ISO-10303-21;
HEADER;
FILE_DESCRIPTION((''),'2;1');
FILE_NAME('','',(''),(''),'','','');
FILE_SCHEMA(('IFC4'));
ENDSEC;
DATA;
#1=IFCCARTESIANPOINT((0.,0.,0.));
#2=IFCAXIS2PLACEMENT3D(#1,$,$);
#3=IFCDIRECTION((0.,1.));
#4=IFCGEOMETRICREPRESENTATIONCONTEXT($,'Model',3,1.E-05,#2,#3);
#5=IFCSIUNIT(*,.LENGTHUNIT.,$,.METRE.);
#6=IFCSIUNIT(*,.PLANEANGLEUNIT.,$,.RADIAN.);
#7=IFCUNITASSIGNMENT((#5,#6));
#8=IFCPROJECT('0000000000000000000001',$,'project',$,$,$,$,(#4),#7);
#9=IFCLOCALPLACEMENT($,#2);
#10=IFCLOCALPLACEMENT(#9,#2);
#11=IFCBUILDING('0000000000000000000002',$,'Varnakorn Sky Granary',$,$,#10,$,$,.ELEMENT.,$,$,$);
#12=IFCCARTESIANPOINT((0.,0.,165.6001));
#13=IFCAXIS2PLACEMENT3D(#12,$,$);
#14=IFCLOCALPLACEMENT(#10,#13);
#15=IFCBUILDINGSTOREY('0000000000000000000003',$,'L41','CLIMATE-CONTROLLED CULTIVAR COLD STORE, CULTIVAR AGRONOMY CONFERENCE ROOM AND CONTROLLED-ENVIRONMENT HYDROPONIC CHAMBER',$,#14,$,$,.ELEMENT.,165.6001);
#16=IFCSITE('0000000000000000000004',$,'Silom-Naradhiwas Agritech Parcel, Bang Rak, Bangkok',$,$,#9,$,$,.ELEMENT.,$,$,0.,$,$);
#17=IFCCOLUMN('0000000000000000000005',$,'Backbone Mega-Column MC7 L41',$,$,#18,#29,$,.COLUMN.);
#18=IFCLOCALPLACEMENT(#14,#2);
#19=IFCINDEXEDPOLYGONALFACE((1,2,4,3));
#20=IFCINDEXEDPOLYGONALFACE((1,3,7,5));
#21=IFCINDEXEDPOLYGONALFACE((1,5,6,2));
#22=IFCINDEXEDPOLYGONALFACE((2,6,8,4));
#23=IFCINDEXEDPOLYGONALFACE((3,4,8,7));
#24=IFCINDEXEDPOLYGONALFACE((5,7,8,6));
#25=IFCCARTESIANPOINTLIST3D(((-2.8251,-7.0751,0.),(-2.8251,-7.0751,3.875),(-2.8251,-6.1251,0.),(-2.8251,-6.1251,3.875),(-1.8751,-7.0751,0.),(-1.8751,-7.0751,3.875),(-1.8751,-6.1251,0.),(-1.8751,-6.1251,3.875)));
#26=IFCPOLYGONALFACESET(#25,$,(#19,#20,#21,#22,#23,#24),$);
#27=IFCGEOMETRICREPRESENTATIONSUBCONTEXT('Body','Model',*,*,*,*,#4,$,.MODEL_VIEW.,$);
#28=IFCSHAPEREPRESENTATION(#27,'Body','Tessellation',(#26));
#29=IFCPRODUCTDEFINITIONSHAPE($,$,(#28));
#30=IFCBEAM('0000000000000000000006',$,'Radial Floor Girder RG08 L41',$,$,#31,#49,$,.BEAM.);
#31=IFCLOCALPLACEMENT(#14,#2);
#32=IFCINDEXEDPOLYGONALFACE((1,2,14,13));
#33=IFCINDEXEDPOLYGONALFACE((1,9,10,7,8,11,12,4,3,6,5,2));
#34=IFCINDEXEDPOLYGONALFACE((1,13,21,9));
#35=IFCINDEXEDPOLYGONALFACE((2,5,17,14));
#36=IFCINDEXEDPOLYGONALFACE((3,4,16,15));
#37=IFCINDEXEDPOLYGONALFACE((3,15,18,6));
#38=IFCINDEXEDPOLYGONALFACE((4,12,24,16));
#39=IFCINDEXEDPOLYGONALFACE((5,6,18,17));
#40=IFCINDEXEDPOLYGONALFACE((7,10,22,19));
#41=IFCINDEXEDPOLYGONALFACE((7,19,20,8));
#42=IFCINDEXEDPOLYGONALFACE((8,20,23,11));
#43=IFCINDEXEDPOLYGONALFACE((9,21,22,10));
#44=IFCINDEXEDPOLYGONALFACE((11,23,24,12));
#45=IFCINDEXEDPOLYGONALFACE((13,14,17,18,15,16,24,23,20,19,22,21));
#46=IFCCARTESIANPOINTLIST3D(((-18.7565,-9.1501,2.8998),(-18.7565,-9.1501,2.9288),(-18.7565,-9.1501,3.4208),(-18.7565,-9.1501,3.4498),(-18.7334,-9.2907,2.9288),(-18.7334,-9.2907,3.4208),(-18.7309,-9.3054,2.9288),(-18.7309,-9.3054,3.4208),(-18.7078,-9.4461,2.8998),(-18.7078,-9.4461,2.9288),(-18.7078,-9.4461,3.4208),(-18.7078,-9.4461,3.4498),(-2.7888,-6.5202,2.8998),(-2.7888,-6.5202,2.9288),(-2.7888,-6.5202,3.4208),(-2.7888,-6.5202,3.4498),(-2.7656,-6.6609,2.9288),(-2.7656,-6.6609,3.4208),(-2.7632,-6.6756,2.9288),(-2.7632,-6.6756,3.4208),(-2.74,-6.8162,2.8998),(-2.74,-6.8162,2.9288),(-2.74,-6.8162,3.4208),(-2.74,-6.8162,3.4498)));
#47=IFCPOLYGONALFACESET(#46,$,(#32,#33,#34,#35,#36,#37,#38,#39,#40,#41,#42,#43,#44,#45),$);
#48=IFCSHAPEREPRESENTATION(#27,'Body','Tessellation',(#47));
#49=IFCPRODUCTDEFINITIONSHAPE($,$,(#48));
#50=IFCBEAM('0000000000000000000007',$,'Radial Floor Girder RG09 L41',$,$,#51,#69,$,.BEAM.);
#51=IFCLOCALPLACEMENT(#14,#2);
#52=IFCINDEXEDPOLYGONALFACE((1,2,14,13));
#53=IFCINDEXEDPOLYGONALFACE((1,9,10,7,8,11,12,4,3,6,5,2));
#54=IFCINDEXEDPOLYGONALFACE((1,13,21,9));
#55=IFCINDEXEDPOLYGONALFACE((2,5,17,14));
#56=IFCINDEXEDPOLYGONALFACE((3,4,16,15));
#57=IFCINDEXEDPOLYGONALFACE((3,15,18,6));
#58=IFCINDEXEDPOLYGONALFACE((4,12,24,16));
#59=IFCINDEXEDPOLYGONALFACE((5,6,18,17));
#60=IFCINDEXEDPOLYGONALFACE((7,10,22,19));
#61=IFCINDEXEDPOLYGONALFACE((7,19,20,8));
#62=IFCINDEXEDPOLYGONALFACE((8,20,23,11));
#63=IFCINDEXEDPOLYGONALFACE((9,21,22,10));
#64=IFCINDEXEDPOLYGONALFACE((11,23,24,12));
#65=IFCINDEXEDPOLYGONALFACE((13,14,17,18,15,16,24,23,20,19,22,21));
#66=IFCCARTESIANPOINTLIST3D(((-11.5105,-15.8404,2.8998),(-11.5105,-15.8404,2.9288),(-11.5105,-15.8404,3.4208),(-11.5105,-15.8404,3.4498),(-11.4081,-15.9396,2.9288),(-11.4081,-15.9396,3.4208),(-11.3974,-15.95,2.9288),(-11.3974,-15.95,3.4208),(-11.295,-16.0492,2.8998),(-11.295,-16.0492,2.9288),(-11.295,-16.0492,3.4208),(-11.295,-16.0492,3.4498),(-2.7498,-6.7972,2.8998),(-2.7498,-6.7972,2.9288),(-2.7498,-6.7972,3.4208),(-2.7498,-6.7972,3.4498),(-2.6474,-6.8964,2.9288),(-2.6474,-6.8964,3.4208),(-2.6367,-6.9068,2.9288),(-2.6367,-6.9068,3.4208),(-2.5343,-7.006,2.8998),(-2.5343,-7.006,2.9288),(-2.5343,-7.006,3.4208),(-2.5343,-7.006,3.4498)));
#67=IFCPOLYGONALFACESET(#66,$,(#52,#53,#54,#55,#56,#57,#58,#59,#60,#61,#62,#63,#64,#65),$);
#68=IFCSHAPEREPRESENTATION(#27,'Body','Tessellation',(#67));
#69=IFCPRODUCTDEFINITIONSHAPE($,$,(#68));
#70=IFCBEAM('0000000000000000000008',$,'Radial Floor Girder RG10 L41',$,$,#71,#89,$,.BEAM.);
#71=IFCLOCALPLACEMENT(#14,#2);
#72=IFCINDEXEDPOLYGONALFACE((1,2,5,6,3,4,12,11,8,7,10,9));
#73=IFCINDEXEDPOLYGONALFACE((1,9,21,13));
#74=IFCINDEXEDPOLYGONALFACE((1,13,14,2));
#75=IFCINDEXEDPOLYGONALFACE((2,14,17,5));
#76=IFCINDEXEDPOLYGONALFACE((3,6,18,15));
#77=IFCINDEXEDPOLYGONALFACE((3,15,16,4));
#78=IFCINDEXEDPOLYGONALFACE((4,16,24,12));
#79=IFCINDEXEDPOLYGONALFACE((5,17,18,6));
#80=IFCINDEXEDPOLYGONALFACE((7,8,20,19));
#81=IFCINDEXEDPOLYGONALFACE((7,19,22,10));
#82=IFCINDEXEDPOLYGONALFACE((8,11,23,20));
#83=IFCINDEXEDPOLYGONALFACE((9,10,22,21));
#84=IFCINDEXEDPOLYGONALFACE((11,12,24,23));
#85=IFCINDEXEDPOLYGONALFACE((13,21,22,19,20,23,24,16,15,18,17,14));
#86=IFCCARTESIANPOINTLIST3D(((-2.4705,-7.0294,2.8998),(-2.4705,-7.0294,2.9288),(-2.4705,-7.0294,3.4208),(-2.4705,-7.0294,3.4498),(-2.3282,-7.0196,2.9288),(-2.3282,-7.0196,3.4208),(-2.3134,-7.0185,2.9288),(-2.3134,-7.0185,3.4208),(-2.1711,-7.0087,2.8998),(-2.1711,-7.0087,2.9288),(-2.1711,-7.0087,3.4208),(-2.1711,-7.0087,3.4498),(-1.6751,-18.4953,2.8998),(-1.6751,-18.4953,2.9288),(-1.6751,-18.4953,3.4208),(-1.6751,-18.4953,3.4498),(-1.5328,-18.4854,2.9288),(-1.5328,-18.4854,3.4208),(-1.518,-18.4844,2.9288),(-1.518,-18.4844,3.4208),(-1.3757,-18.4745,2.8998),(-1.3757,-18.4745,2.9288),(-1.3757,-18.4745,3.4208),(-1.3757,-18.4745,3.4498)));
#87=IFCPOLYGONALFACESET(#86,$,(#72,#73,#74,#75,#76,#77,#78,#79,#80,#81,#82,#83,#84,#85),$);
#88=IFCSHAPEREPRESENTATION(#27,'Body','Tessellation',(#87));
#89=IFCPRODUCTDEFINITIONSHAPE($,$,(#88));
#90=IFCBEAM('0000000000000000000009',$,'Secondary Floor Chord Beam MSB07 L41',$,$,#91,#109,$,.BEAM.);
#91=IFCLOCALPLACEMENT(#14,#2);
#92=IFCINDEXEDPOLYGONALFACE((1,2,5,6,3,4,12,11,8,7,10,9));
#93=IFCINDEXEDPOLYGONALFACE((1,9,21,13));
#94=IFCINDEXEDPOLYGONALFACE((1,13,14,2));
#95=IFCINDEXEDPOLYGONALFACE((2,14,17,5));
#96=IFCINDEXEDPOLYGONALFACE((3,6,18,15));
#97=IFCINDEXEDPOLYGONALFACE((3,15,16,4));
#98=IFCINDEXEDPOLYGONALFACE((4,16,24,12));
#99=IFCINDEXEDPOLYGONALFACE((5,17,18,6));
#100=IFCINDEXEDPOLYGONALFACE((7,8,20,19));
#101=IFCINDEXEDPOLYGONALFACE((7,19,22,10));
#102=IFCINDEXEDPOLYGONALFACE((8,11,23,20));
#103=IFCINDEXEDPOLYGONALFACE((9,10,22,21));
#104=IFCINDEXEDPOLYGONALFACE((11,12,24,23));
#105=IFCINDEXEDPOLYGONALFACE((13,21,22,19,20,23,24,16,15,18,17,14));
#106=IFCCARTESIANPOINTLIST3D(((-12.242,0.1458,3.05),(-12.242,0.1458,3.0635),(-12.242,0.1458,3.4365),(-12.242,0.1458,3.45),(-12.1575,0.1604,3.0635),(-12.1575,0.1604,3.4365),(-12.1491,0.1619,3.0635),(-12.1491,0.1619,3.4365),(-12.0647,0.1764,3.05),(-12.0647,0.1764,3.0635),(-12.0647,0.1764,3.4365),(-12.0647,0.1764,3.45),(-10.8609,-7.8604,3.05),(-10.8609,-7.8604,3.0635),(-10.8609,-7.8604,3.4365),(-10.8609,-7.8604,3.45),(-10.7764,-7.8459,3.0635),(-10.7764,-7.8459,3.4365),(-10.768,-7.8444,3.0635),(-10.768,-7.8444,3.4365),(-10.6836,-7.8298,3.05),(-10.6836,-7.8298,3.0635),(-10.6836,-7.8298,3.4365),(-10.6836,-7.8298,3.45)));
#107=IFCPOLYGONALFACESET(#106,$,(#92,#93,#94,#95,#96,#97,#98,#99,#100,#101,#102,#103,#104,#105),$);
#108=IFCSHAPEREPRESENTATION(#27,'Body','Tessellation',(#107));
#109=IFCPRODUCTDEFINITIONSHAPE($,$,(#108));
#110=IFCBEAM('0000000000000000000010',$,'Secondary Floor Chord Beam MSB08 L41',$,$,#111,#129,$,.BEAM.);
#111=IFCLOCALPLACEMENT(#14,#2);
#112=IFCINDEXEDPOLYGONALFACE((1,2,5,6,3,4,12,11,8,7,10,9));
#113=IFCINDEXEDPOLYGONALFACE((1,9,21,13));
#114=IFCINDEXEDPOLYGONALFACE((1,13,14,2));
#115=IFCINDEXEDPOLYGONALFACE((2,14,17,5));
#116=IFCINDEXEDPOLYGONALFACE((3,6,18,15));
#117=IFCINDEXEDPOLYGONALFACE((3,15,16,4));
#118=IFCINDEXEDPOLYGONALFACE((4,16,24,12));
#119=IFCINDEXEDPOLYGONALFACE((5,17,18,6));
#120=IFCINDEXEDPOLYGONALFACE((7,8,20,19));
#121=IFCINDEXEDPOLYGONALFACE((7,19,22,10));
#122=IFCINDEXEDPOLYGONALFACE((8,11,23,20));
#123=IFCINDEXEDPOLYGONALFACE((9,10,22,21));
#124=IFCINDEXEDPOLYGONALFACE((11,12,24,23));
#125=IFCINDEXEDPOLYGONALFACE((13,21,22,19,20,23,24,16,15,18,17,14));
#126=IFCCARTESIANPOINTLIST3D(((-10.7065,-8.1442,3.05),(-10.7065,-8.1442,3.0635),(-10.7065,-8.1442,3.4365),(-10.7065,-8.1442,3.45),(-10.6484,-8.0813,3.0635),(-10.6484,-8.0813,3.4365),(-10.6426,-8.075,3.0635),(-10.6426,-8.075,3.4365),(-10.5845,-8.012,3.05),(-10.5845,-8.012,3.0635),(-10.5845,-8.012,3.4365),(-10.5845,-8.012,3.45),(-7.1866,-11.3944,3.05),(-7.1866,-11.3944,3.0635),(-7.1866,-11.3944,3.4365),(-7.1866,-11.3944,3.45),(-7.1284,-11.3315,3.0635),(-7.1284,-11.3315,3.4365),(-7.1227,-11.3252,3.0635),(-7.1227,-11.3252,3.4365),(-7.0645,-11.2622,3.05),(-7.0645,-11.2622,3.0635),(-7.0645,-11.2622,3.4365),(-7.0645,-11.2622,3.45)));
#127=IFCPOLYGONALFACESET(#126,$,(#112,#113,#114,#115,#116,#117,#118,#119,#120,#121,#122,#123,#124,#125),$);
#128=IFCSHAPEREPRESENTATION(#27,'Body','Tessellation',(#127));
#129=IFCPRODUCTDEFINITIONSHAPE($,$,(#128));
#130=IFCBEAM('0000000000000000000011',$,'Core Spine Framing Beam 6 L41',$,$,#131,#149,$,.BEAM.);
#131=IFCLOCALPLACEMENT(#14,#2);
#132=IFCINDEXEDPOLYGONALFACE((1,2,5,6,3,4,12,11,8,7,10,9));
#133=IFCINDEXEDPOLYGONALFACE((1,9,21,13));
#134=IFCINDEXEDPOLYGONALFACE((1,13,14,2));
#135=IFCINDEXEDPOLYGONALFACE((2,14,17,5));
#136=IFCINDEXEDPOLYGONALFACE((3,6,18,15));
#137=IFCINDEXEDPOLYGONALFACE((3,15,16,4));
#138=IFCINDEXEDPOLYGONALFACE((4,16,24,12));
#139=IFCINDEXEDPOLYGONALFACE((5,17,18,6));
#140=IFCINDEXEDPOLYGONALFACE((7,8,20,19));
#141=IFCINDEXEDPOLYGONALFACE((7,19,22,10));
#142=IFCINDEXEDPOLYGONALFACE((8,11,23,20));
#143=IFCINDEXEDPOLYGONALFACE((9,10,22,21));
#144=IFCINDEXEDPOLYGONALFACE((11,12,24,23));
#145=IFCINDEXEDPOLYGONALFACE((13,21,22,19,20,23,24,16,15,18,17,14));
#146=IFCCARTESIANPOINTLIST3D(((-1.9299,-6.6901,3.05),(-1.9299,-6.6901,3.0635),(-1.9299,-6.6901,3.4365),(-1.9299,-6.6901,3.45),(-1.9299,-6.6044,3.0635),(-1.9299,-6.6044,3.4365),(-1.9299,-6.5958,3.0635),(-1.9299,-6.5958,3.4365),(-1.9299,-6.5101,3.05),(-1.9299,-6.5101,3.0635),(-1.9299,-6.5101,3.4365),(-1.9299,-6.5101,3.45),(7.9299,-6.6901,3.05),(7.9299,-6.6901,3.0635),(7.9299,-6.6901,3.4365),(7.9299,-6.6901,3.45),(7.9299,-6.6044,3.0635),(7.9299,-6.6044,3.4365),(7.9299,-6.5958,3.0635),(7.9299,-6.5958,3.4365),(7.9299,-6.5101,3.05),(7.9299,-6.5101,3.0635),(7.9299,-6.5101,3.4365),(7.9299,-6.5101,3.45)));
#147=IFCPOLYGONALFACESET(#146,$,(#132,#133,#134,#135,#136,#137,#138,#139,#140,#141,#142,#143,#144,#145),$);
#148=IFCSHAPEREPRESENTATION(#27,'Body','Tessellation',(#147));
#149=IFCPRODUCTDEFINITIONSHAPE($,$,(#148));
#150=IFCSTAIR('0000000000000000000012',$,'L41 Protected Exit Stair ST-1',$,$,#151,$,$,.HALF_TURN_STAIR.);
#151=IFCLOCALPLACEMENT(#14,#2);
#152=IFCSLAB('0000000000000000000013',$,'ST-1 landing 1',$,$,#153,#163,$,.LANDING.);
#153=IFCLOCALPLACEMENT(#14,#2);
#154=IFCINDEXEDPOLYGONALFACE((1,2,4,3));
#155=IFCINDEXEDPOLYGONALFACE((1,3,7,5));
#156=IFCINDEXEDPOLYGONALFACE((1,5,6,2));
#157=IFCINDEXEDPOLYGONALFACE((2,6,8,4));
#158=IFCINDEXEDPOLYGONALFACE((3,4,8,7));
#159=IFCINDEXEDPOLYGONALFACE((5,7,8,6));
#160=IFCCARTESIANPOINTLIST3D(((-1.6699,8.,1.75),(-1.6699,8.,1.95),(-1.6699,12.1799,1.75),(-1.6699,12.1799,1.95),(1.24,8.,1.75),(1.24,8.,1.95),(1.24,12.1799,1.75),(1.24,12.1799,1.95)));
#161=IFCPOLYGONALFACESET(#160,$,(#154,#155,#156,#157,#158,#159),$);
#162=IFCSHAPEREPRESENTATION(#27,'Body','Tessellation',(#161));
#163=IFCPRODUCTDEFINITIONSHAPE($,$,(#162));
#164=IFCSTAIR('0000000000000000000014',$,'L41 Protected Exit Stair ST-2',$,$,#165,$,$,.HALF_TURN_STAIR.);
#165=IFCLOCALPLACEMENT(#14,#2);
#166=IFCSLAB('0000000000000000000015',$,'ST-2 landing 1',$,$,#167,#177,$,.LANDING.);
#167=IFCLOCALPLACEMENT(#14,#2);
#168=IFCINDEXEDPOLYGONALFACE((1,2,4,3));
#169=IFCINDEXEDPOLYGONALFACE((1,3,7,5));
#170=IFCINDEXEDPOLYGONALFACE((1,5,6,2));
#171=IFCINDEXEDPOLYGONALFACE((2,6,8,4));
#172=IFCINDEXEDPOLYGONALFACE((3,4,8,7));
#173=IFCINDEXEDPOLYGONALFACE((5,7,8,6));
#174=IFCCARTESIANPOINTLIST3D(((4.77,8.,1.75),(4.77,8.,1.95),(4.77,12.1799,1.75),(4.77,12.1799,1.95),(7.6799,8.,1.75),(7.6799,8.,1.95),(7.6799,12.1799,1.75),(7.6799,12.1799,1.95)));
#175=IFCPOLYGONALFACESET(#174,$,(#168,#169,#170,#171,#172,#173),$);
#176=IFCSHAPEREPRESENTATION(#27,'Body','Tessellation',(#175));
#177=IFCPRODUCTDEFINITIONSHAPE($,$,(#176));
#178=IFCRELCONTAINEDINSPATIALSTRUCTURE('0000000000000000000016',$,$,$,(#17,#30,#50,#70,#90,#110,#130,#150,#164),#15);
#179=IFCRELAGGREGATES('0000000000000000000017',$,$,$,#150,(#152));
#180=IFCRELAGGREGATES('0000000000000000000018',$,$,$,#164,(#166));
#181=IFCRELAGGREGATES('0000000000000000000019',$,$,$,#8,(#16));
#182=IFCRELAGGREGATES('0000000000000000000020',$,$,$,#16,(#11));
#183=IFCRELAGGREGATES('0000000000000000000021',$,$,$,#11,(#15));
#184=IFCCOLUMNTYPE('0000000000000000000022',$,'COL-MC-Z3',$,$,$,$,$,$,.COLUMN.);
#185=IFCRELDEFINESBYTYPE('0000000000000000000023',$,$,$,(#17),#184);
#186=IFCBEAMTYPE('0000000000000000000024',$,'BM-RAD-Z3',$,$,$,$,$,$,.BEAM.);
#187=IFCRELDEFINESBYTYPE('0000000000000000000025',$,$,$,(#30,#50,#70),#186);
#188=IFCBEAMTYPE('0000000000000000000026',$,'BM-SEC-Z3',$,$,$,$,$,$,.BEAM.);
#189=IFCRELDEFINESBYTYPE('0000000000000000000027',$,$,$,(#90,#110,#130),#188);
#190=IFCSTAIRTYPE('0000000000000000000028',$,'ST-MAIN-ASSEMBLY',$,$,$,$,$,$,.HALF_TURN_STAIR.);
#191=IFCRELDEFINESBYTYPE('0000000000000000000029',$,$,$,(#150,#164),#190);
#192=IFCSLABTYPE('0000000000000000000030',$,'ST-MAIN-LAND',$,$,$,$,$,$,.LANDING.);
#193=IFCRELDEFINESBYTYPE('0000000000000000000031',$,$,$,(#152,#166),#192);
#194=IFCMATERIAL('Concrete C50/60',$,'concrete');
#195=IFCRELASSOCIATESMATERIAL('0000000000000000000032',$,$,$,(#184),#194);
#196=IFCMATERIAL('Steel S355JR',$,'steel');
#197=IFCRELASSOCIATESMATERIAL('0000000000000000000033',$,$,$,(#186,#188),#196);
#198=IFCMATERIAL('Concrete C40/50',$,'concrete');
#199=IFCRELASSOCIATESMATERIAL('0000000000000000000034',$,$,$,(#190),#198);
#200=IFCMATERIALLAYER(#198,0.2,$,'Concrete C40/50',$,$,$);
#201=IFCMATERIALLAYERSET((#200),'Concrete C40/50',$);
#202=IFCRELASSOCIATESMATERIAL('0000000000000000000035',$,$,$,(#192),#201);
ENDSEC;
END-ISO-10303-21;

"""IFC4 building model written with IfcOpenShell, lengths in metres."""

from ifc_helpers import new_model, si_unit, direction, frame, origin, origin_2d, place, context, subcontext, project, spatial, polyline, rectangle, i_section, outline, extrude, material, layer, layer_set, material_profile, profile_set, type_object, element, aggregate, save


model = new_model("IFC4")

# Units and contexts
model_context = context("Model", 3, precision=1e-05, world=origin(), true_north=direction((0.0, 1.0)))
body_context = subcontext(model_context, "Body", "Model", "MODEL_VIEW")
ifc_project = project(units=[si_unit("LENGTHUNIT", "METRE"), si_unit("PLANEANGLEUNIT", "RADIAN")], contexts=[model_context])

# Site, building, storey
site_placement = place(None, origin())
site = spatial("IfcSite", under=ifc_project, at=site_placement, Name="Silom-Naradhiwas Agritech Parcel, Bang Rak, Bangkok", CompositionType="ELEMENT", RefElevation=0.0)
building_placement = place(site_placement, origin())
building = spatial("IfcBuilding", under=site, at=building_placement, Name="Varnakorn Sky Granary", CompositionType="ELEMENT")
storey_placement = place(building_placement, frame((0.0, 0.0, 165.6001)))
storey = spatial("IfcBuildingStorey", under=building, at=storey_placement, Name="L41", Description="CLIMATE-CONTROLLED CULTIVAR COLD STORE, CULTIVAR AGRONOMY CONFERENCE ROOM AND CONTROLLED-ENVIRONMENT HYDROPONIC CHAMBER", CompositionType="ELEMENT", Elevation=165.6001)

# Column
ifc_material_1 = material(Name="Concrete C50/60", Category="concrete")
ifc_material_profile_1 = material_profile(ifc_material_1, rectangle(XDim=0.95, YDim=0.95, at=origin_2d()), Name="RC 950x950")
ifc_profile_set_1 = profile_set([ifc_material_profile_1], Name="Concrete C50/60")
column_type = type_object("IfcColumnType", Name="COL-MC-Z3", PredefinedType="COLUMN", material=ifc_profile_set_1)
column_placement = place(storey_placement, frame((-2.3501, -6.6001, 0.0), z_axis=(0.0, 0.0, 1.0), x_axis=(1.0, 0.0, 0.0)))
element("IfcColumn", 1, at=column_placement, inside=storey, type_object=column_type, Name="Backbone Mega-Column MC7 L41", PredefinedType="COLUMN", context=body_context, shape_type="SweptSolid", body=[
    extrude(rectangle(XDim=0.95, YDim=0.95, at=origin_2d()), origin(), (0.0, 0.0, 1.0), 3.875),
])

# Beams
ifc_material_2 = material(Name="Steel S355JR", Category="steel")
ifc_material_profile_2 = material_profile(ifc_material_2, i_section(OverallWidth=0.3, OverallDepth=0.55, WebThickness=0.0149, FlangeThickness=0.0291, at=origin_2d()), Name="HE 550 B")
ifc_profile_set_2 = profile_set([ifc_material_profile_2], Name="Steel S355JR")
beam_type_1 = type_object("IfcBeamType", Name="BM-RAD-Z3", PredefinedType="BEAM", material=ifc_profile_set_2)
beam_1_placement = place(storey_placement, frame((-2.7644, -6.6682, 3.1748), z_axis=(-0.986707, -0.16251, 0.0), x_axis=(0.16251, -0.986707, 0.0)))
element("IfcBeam", 2, at=beam_1_placement, inside=storey, type_object=beam_type_1, Name="Radial Floor Girder RG08 L41", PredefinedType="BEAM", context=body_context, shape_type="SweptSolid", body=[
    extrude(i_section(OverallWidth=0.3, OverallDepth=0.55, WebThickness=0.0149, FlangeThickness=0.0291, at=origin_2d()), origin(), (0.0, 0.0, 1.0), 16.1829),
])
beam_2_placement = place(storey_placement, frame((-2.6421, -6.9016, 3.1748), z_axis=(-0.695801, -0.718235, 0.0), x_axis=(0.718235, -0.695801, 0.0)))
element("IfcBeam", 3, at=beam_2_placement, inside=storey, type_object=beam_type_1, Name="Radial Floor Girder RG09 L41", PredefinedType="BEAM", context=body_context, shape_type="SweptSolid", body=[
    extrude(i_section(OverallWidth=0.3, OverallDepth=0.55, WebThickness=0.0149, FlangeThickness=0.0291, at=origin_2d()), origin(), (0.0, 0.0, 1.0), 12.5908),
])
beam_3_placement = place(storey_placement, frame((-2.3208, -7.019, 3.1748), z_axis=(0.069206, -0.997602, 0.0), x_axis=(0.997602, 0.069206, 0.0)))
element("IfcBeam", 4, at=beam_3_placement, inside=storey, type_object=beam_type_1, Name="Radial Floor Girder RG10 L41", PredefinedType="BEAM", context=body_context, shape_type="SweptSolid", body=[
    extrude(i_section(OverallWidth=0.3, OverallDepth=0.55, WebThickness=0.0149, FlangeThickness=0.0291, at=origin_2d()), origin(), (0.0, 0.0, 1.0), 11.4934),
])
ifc_material_profile_3 = material_profile(ifc_material_2, i_section(OverallWidth=0.1799, OverallDepth=0.3999, WebThickness=0.0085, FlangeThickness=0.0134, at=origin_2d()), Name="IPE 400")
ifc_profile_set_3 = profile_set([ifc_material_profile_3], Name="Steel S355JR")
beam_type_2 = type_object("IfcBeamType", Name="BM-SEC-Z3", PredefinedType="BEAM", material=ifc_profile_set_3)
beam_4_placement = place(storey_placement, frame((-12.1533, 0.1611, 3.25), z_axis=(0.16999, -0.985446, 0.0), x_axis=(0.985446, 0.16999, 0.0)))
element("IfcBeam", 5, at=beam_4_placement, inside=storey, type_object=beam_type_2, Name="Secondary Floor Chord Beam MSB07 L41", PredefinedType="BEAM", context=body_context, shape_type="SweptSolid", body=[
    extrude(i_section(OverallWidth=0.1799, OverallDepth=0.3999, WebThickness=0.0085, FlangeThickness=0.0134, at=origin_2d()), origin(), (0.0, 0.0, 1.0), 8.1245),
])
beam_5_placement = place(storey_placement, frame((-10.6455, -8.0781, 3.25), z_axis=(0.7347, -0.678392, 0.0), x_axis=(0.678392, 0.7347, 0.0)))
element("IfcBeam", 6, at=beam_5_placement, inside=storey, type_object=beam_type_2, Name="Secondary Floor Chord Beam MSB08 L41", PredefinedType="BEAM", context=body_context, shape_type="SweptSolid", body=[
    extrude(i_section(OverallWidth=0.1799, OverallDepth=0.3999, WebThickness=0.0085, FlangeThickness=0.0134, at=origin_2d()), origin(), (0.0, 0.0, 1.0), 4.791),
])
beam_6_placement = place(storey_placement, frame((-1.9299, -6.6001, 3.25), z_axis=(1.0, 0.0, 0.0), x_axis=(0.0, 1.0, 0.0)))
element("IfcBeam", 7, at=beam_6_placement, inside=storey, type_object=beam_type_2, Name="Core Spine Framing Beam 6 L41", PredefinedType="BEAM", context=body_context, shape_type="SweptSolid", body=[
    extrude(i_section(OverallWidth=0.1799, OverallDepth=0.3999, WebThickness=0.0085, FlangeThickness=0.0134, at=origin_2d()), origin(), (0.0, 0.0, 1.0), 9.8599),
])

# Stairs, slabs
ifc_material_3 = material(Name="Concrete C40/50", Category="concrete")
stair_type = type_object("IfcStairType", Name="ST-MAIN-ASSEMBLY", PredefinedType="HALF_TURN_STAIR", material=ifc_material_3)
stair_1_placement = place(storey_placement, origin())
stair_1 = element("IfcStair", 8, at=stair_1_placement, inside=storey, type_object=stair_type, Name="L41 Protected Exit Stair ST-1", PredefinedType="HALF_TURN_STAIR")
ifc_layer_1 = layer(ifc_material_3, 0.2, Name="Concrete C40/50")
ifc_layer_set_1 = layer_set([ifc_layer_1], Name="Concrete C40/50")
slab_type_1 = type_object("IfcSlabType", Name="ST-MAIN-LAND", PredefinedType="LANDING", material=ifc_layer_set_1)
slab_1_placement = place(storey_placement, frame((0.0, 0.0, 1.75)))
slab_1 = element("IfcSlab", 9, at=slab_1_placement, type_object=slab_type_1, Name="ST-1 landing 1", PredefinedType="LANDING", context=body_context, shape_type="SweptSolid", body=[
    extrude(outline(polyline([(1.24, 8.0), (1.24, 12.1799), (-1.6699, 12.1799), (-1.6699, 8.0), (1.24, 8.0)])), origin(), (0.0, 0.0, 1.0), 0.2),
])
aggregate(stair_1, [slab_1])
stair_2_placement = place(storey_placement, origin())
stair_2 = element("IfcStair", 10, at=stair_2_placement, inside=storey, type_object=stair_type, Name="L41 Protected Exit Stair ST-2", PredefinedType="HALF_TURN_STAIR")
slab_2_placement = place(storey_placement, frame((0.0, 0.0, 1.75)))
slab_2 = element("IfcSlab", 11, at=slab_2_placement, type_object=slab_type_1, Name="ST-2 landing 1", PredefinedType="LANDING", context=body_context, shape_type="SweptSolid", body=[
    extrude(outline(polyline([(7.6799, 8.0), (7.6799, 12.1799), (4.77, 12.1799), (4.77, 8.0), (7.6799, 8.0)])), origin(), (0.0, 0.0, 1.0), 0.2),
])
aggregate(stair_2, [slab_2])

save(model, "model.ifc")
